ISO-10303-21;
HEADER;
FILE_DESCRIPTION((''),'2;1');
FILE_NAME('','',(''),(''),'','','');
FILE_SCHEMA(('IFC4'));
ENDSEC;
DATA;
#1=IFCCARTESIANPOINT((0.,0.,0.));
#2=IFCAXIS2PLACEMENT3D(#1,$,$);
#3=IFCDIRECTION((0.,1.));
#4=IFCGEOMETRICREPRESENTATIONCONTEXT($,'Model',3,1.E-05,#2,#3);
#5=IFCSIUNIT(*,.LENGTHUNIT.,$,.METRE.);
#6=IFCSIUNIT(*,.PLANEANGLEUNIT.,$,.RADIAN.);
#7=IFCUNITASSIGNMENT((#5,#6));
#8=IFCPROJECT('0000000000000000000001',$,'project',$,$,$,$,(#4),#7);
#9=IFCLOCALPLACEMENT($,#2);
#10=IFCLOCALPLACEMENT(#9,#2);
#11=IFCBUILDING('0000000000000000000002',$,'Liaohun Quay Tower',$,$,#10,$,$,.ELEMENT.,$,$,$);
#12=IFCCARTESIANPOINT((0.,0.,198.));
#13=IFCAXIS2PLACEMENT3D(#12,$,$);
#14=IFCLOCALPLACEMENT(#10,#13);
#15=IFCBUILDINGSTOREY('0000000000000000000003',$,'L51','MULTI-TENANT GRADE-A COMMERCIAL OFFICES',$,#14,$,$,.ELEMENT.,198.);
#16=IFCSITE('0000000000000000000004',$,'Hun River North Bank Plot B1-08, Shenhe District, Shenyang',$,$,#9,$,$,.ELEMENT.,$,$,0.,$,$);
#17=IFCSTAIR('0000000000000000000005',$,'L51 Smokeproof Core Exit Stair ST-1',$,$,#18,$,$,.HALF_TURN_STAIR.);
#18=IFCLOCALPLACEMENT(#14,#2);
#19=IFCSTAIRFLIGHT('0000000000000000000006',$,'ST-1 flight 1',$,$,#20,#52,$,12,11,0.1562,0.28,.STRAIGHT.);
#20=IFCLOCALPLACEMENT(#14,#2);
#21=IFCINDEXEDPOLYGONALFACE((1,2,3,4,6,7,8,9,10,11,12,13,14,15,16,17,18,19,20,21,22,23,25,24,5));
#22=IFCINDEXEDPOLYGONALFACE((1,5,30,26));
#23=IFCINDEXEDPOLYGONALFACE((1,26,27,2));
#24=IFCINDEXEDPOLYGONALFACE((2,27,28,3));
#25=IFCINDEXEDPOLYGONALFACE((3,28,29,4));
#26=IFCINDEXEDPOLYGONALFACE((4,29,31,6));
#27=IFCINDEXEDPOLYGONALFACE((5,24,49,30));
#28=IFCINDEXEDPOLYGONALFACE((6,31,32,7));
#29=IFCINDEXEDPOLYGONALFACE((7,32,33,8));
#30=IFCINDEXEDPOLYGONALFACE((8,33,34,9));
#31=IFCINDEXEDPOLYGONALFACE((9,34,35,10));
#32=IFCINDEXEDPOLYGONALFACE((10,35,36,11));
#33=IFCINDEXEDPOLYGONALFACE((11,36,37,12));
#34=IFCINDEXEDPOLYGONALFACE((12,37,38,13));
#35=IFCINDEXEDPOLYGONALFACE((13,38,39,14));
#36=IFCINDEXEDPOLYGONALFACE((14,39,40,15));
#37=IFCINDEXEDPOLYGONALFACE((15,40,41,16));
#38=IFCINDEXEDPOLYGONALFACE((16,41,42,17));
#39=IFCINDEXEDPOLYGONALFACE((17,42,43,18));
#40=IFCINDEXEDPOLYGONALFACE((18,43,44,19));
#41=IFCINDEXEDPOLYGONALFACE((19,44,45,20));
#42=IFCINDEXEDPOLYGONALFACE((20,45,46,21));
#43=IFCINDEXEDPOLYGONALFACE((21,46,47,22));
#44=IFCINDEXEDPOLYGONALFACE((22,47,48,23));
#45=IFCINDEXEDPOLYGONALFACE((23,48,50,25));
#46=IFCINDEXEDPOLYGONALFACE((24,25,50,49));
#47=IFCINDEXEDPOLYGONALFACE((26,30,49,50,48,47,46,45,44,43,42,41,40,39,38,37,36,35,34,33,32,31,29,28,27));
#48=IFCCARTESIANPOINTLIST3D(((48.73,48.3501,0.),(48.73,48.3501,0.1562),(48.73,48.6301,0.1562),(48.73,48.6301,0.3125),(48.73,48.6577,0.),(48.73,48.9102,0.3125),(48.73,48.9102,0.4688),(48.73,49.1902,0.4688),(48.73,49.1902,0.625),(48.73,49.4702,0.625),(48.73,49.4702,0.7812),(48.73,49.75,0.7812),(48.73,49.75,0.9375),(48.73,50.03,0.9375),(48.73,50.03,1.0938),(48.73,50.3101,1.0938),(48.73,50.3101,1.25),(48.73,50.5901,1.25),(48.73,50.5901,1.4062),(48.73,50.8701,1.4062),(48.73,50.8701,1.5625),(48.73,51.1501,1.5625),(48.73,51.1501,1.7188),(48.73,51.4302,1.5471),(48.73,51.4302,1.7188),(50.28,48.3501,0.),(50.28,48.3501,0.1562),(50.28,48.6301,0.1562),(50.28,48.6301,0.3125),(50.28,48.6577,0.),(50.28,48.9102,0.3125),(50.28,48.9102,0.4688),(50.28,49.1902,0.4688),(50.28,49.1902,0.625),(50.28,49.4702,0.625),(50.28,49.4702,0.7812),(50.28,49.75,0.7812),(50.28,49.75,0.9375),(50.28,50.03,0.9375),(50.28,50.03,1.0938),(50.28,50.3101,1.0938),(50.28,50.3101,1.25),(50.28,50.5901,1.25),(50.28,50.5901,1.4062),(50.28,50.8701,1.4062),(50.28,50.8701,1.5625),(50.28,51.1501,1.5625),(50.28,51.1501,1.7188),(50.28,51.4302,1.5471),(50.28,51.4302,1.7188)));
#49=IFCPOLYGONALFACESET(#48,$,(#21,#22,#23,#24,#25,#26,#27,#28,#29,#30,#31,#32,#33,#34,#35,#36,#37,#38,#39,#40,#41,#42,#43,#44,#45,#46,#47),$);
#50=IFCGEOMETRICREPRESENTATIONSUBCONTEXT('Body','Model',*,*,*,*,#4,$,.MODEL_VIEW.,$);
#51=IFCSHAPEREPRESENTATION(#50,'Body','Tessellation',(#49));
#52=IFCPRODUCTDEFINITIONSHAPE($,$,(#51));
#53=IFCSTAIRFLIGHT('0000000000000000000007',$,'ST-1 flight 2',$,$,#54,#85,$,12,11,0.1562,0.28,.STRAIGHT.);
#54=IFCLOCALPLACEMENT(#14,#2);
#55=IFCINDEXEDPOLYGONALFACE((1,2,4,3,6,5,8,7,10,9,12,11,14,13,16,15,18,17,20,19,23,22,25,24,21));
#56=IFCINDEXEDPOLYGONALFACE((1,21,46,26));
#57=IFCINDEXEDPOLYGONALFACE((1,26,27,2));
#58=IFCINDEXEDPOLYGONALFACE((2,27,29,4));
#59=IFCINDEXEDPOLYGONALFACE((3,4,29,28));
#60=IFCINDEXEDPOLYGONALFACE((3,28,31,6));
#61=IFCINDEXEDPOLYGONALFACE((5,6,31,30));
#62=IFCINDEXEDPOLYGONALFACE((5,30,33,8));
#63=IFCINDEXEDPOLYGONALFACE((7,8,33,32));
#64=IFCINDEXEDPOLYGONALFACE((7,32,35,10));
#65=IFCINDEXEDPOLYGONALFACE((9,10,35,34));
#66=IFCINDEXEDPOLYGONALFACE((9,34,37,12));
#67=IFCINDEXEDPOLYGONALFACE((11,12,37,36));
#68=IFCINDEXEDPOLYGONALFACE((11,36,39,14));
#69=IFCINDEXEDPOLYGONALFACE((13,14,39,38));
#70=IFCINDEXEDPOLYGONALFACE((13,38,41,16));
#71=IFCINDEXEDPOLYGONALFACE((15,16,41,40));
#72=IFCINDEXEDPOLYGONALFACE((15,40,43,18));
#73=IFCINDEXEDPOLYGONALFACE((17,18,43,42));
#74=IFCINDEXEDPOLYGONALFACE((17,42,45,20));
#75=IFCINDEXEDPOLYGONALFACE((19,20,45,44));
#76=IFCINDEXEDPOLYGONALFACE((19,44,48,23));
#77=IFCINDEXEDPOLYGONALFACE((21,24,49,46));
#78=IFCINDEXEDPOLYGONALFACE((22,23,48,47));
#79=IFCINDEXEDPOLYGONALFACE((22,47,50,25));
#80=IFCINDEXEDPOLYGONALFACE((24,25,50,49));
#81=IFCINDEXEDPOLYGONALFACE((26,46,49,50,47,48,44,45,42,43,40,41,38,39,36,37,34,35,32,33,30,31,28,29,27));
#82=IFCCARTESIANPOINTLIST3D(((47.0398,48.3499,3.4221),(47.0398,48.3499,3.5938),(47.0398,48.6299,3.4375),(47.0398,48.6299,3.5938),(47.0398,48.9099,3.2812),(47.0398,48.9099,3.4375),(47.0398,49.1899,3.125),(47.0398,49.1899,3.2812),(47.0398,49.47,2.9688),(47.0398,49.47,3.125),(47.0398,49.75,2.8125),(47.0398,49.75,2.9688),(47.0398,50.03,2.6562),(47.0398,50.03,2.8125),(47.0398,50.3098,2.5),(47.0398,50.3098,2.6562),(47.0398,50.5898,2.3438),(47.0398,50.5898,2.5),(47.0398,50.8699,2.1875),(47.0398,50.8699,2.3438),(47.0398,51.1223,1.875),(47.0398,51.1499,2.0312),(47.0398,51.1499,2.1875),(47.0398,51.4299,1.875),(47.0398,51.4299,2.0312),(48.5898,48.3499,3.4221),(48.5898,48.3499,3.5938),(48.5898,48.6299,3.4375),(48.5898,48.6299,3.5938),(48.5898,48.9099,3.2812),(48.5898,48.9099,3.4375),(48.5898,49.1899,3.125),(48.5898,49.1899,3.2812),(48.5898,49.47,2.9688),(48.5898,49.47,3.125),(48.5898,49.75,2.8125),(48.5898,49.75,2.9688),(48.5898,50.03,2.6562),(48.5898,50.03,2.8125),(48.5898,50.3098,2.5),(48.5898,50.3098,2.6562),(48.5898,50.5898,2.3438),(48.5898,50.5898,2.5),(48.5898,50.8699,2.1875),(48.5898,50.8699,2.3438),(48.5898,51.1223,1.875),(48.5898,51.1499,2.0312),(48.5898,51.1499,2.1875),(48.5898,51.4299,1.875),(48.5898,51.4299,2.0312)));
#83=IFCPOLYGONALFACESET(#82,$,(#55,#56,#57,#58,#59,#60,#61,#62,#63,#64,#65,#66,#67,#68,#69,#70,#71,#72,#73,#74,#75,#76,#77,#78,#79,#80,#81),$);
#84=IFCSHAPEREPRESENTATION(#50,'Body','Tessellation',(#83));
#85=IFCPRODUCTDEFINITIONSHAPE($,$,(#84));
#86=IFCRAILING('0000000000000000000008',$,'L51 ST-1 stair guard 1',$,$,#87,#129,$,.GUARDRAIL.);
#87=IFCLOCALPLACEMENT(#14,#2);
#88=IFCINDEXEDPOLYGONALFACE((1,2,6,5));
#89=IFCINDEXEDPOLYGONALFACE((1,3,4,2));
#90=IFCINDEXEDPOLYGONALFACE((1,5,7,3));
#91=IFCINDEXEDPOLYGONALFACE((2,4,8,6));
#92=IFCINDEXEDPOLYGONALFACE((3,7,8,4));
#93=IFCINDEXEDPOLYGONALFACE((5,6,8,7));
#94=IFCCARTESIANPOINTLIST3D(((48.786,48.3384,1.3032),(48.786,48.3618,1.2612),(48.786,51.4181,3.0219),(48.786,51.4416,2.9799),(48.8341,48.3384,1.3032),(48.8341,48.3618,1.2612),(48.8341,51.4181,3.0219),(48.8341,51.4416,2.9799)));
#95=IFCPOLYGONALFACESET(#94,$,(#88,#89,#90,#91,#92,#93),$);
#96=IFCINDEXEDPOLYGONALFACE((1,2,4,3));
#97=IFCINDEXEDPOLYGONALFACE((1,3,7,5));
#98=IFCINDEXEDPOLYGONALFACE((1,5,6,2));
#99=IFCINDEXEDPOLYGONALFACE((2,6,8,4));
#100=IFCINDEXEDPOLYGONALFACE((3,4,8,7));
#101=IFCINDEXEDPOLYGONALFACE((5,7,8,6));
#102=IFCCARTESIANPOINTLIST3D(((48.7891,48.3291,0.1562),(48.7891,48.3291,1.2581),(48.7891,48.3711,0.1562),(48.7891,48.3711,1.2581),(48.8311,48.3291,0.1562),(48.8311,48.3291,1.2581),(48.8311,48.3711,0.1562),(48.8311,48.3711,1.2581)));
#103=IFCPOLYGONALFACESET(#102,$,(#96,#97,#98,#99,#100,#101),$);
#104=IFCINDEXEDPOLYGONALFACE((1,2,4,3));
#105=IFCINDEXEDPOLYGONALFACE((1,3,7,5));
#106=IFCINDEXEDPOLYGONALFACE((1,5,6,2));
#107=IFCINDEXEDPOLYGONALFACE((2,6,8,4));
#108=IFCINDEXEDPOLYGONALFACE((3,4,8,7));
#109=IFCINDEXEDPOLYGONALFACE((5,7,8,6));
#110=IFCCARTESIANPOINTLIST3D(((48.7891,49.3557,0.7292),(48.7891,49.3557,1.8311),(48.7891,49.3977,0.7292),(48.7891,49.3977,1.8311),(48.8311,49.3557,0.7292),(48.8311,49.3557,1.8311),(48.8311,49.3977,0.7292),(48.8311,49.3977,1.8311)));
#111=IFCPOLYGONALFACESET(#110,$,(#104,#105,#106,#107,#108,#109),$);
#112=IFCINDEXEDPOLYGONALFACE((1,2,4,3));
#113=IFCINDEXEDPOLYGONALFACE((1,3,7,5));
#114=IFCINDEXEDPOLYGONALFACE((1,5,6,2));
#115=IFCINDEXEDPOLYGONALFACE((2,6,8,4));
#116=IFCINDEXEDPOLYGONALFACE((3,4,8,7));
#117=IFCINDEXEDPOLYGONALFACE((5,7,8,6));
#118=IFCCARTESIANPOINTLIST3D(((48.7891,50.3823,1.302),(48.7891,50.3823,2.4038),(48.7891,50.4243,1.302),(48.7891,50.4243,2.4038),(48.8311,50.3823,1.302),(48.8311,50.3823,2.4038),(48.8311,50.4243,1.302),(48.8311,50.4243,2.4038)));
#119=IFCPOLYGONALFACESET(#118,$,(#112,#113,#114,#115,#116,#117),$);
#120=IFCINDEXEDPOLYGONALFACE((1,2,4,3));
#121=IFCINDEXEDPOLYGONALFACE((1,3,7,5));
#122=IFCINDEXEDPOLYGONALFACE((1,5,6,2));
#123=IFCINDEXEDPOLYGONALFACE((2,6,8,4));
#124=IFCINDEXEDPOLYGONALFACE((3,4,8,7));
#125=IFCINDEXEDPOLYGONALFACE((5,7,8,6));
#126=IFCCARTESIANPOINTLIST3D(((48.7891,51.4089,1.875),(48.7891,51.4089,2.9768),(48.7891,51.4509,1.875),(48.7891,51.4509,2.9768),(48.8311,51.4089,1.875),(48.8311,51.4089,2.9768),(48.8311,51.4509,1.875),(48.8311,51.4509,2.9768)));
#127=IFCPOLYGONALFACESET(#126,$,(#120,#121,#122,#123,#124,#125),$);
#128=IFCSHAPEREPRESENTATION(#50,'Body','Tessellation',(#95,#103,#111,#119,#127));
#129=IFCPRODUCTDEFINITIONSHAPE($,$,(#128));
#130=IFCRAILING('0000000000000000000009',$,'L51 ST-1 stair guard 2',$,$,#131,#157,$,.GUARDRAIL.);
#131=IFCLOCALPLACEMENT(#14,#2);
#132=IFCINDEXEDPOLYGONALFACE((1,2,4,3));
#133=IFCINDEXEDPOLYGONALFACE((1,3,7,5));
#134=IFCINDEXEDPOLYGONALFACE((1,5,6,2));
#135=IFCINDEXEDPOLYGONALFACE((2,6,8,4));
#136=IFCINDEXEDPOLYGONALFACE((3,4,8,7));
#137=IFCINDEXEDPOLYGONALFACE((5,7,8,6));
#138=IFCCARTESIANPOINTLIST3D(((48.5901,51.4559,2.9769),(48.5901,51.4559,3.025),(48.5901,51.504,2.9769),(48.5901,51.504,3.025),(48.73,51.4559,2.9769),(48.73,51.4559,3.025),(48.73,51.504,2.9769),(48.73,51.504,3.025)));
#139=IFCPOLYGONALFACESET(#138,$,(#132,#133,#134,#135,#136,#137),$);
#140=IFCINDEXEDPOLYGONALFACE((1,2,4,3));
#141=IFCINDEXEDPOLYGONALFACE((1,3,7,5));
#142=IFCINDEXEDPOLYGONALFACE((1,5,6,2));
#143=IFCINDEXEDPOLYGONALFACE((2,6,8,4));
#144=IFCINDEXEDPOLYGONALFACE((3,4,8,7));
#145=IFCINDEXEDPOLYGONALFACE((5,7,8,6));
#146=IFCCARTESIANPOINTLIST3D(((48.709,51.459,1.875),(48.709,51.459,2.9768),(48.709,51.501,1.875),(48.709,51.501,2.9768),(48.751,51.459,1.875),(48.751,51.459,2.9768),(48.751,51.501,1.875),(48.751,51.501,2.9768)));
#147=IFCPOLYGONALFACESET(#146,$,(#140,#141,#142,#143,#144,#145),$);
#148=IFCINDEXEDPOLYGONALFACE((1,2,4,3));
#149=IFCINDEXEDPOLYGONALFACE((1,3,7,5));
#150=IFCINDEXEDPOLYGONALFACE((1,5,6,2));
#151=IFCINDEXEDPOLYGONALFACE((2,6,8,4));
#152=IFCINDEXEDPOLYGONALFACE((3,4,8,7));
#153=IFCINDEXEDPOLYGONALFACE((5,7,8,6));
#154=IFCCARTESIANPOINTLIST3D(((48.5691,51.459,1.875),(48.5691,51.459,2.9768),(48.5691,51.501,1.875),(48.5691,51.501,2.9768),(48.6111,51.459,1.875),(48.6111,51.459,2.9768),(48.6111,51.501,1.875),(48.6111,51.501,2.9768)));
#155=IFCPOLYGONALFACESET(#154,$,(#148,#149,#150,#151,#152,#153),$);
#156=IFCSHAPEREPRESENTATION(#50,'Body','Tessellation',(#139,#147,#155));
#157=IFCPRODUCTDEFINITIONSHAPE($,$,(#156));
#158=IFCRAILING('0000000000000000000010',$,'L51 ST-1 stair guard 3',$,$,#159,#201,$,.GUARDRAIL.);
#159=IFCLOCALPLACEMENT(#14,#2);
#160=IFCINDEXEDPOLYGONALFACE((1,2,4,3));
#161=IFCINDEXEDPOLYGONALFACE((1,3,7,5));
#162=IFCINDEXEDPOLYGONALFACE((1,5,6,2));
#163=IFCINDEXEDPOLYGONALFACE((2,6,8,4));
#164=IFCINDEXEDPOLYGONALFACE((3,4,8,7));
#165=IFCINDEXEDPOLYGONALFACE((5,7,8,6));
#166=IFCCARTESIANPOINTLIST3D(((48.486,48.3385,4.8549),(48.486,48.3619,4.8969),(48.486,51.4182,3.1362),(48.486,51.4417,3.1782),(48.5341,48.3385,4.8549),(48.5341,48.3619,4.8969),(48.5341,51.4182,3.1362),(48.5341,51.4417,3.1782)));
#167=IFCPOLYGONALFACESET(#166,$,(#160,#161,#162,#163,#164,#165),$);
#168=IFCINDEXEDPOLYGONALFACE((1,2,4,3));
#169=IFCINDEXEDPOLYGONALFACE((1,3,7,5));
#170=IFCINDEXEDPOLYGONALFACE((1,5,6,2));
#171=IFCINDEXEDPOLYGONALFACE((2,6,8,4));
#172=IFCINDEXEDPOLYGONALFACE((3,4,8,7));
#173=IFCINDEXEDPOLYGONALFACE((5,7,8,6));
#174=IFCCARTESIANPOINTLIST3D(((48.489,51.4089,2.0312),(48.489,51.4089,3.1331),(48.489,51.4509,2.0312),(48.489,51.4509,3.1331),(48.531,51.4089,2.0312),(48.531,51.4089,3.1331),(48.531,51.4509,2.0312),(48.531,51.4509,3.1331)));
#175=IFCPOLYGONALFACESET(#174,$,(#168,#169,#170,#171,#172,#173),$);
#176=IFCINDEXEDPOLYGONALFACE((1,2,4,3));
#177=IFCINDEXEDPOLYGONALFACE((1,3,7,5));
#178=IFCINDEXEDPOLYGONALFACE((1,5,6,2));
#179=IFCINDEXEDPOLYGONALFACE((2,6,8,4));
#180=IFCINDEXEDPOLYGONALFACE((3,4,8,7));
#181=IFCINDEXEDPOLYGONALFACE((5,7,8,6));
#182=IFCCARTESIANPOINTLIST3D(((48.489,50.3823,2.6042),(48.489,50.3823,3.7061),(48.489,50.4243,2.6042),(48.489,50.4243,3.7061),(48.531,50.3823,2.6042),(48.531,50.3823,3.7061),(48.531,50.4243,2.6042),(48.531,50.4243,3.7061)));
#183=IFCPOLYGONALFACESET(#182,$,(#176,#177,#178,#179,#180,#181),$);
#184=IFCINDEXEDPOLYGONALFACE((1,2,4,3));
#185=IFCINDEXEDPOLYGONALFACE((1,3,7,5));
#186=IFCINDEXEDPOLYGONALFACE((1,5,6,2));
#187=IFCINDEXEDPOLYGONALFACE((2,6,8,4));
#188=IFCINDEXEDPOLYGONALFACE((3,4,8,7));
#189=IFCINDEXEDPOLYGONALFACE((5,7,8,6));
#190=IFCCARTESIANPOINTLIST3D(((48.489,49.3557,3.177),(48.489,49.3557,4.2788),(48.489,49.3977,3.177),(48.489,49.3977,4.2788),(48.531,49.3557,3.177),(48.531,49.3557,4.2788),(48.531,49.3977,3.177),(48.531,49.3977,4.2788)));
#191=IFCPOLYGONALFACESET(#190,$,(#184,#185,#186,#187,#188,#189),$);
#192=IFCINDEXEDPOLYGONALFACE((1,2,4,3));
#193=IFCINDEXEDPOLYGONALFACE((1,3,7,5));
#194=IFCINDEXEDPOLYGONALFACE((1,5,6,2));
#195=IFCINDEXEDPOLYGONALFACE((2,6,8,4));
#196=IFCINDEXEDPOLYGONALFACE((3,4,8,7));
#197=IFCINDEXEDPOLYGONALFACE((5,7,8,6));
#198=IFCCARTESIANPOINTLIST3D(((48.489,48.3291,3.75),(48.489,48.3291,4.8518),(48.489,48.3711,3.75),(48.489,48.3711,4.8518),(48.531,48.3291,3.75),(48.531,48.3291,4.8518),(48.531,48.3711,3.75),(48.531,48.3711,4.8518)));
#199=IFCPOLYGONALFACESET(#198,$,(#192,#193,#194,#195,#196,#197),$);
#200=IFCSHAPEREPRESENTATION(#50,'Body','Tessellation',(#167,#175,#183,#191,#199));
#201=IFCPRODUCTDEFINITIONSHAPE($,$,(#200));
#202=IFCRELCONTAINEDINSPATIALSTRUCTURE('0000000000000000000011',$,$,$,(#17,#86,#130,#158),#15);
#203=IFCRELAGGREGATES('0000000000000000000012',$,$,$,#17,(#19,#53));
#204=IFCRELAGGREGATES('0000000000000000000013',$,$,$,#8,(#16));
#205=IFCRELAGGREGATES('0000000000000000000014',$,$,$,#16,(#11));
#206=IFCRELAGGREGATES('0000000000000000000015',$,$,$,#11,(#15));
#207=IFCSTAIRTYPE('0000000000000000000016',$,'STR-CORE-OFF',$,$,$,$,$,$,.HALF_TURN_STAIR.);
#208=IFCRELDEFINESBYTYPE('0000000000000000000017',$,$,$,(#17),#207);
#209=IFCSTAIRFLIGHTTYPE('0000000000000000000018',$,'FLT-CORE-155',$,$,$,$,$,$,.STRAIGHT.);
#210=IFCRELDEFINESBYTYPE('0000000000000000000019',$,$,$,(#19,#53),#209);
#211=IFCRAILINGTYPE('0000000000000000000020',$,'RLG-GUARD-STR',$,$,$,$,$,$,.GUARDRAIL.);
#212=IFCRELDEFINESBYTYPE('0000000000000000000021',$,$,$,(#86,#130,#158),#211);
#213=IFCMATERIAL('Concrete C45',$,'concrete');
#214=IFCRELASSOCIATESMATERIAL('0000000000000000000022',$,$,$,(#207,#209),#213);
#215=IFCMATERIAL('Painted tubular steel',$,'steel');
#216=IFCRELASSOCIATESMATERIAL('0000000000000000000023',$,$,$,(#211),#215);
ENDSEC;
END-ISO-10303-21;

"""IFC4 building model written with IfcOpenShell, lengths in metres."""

from ifc_helpers import new_model, si_unit, direction, frame, origin, origin_2d, place, context, subcontext, project, spatial, polyline, rectangle, outline, extrude, material, type_object, element, aggregate, save


model = new_model("IFC4")

# Units and contexts
model_context = context("Model", 3, precision=1e-05, world=origin(), true_north=direction((0.0, 1.0)))
body_context = subcontext(model_context, "Body", "Model", "MODEL_VIEW")
ifc_project = project(units=[si_unit("LENGTHUNIT", "METRE"), si_unit("PLANEANGLEUNIT", "RADIAN")], contexts=[model_context])

# Site, building, storey
site_placement = place(None, origin())
site = spatial("IfcSite", under=ifc_project, at=site_placement, Name="Hun River North Bank Plot B1-08, Shenhe District, Shenyang", CompositionType="ELEMENT", RefElevation=0.0)
building_placement = place(site_placement, origin())
building = spatial("IfcBuilding", under=site, at=building_placement, Name="Liaohun Quay Tower", CompositionType="ELEMENT")
storey_placement = place(building_placement, frame((0.0, 0.0, 198.0)))
storey = spatial("IfcBuildingStorey", under=building, at=storey_placement, Name="L51", Description="MULTI-TENANT GRADE-A COMMERCIAL OFFICES", CompositionType="ELEMENT", Elevation=198.0)

# Stair, stair flights
ifc_material_1 = material(Name="Concrete C45", Category="concrete")
stair_type = type_object("IfcStairType", Name="STR-CORE-OFF", PredefinedType="HALF_TURN_STAIR", material=ifc_material_1)
stair_placement = place(storey_placement, origin())
stair = element("IfcStair", 1, at=stair_placement, inside=storey, type_object=stair_type, Name="L51 Smokeproof Core Exit Stair ST-1", PredefinedType="HALF_TURN_STAIR")
stair_flight_type = type_object("IfcStairFlightType", Name="FLT-CORE-155", PredefinedType="STRAIGHT", material=ifc_material_1)
stair_flight_1_placement = place(storey_placement, frame((49.5049, 48.3501, 0.0), z_axis=(0.0, 0.0, 1.0), x_axis=(0.0, 1.0, 0.0)))
stair_flight_1 = element("IfcStairFlight", 2, at=stair_flight_1_placement, type_object=stair_flight_type, Name="ST-1 flight 1", NumberOfRisers=12, NumberOfTreads=11, PredefinedType="STRAIGHT", RiserHeight=0.1562, TreadLength=0.28, context=body_context, shape_type="SweptSolid", body=[
    extrude(outline(polyline([(0.0, 0.0), (0.0, 0.1562), (0.28, 0.1562), (0.28, 0.3125), (0.5601, 0.3125), (0.5601, 0.4688), (0.8401, 0.4688), (0.8401, 0.625), (1.1201, 0.625), (1.1201, 0.7812), (1.3999, 0.7812), (1.3999, 0.9375), (1.6799, 0.9375), (1.6799, 1.0938), (1.96, 1.0938), (1.96, 1.25), (2.24, 1.25), (2.24, 1.4062), (2.52, 1.4062), (2.52, 1.5625), (2.8, 1.5625), (2.8, 1.7188), (3.0801, 1.7188), (3.0801, 1.875), (3.0801, 1.5471), (0.3076, 0.0), (0.0, 0.0)])), frame((0.0, 0.7749, 0.0), z_axis=(0.0, -1.0, 0.0), x_axis=(1.0, 0.0, 0.0)), (0.0, 0.0, 1.0), 1.55),
])
stair_flight_2_placement = place(storey_placement, frame((47.8149, 51.4299, 1.875), z_axis=(0.0, 0.0, 1.0), x_axis=(0.0, -1.0, 0.0)))
stair_flight_2 = element("IfcStairFlight", 3, at=stair_flight_2_placement, type_object=stair_flight_type, Name="ST-1 flight 2", NumberOfRisers=12, NumberOfTreads=11, PredefinedType="STRAIGHT", RiserHeight=0.1562, TreadLength=0.28, context=body_context, shape_type="SweptSolid", body=[
    extrude(outline(polyline([(0.0, 0.0), (0.0, 0.1562), (0.28, 0.1562), (0.28, 0.3125), (0.5601, 0.3125), (0.5601, 0.4688), (0.8401, 0.4688), (0.8401, 0.625), (1.1201, 0.625), (1.1201, 0.7812), (1.3999, 0.7812), (1.3999, 0.9375), (1.6799, 0.9375), (1.6799, 1.0938), (1.96, 1.0938), (1.96, 1.25), (2.24, 1.25), (2.24, 1.4062), (2.52, 1.4062), (2.52, 1.5625), (2.8, 1.5625), (2.8, 1.7188), (3.0801, 1.7188), (3.0801, 1.875), (3.0801, 1.5471), (0.3076, 0.0), (0.0, 0.0)])), frame((0.0, 0.7749, 0.0), z_axis=(0.0, -1.0, 0.0), x_axis=(1.0, 0.0, 0.0)), (0.0, 0.0, 1.0), 1.55),
])
aggregate(stair, [stair_flight_1, stair_flight_2])

# Railings
ifc_material_2 = material(Name="Painted tubular steel", Category="steel")
railing_type_1 = type_object("IfcRailingType", Name="RLG-GUARD-STR", PredefinedType="GUARDRAIL", material=ifc_material_2)
railing_1_placement = place(storey_placement, frame((48.8101, 48.3501, 0.1562)))
element("IfcRailing", 4, at=railing_1_placement, inside=storey, type_object=railing_type_1, Name="L51 ST-1 stair guard 1", PredefinedType="GUARDRAIL", context=body_context, shape_type="SweptSolid", body=[
    extrude(rectangle(XDim=0.0481, YDim=0.0481, at=origin_2d()), frame((0.0, 0.0, 1.126), z_axis=(0.0, 0.873225, 0.487317), x_axis=(-1.0, 0.0, 0.0)), (0.0, 0.0, 1.0), 3.5269),
    extrude(rectangle(XDim=0.042, YDim=0.042, at=origin_2d()), origin(), (0.0, 0.0, 1.0), 1.1018),
    extrude(rectangle(XDim=0.042, YDim=0.042, at=origin_2d()), frame((0.0, 1.0266, 0.573)), (0.0, 0.0, 1.0), 1.1018),
    extrude(rectangle(XDim=0.042, YDim=0.042, at=origin_2d()), frame((0.0, 2.0532, 1.1458)), (0.0, 0.0, 1.0), 1.1018),
    extrude(rectangle(XDim=0.042, YDim=0.042, at=origin_2d()), frame((0.0, 3.0798, 1.7188)), (0.0, 0.0, 1.0), 1.1018),
])
railing_2_placement = place(storey_placement, frame((48.73, 51.48, 1.875)))
element("IfcRailing", 5, at=railing_2_placement, inside=storey, type_object=railing_type_1, Name="L51 ST-1 stair guard 2", PredefinedType="GUARDRAIL", context=body_context, shape_type="SweptSolid", body=[
    extrude(rectangle(XDim=0.0481, YDim=0.0481, at=origin_2d()), frame((0.0, 0.0, 1.126), z_axis=(-1.0, 0.0, 0.0), x_axis=(0.0, -1.0, 0.0)), (0.0, 0.0, 1.0), 0.1399),
    extrude(rectangle(XDim=0.042, YDim=0.042, at=origin_2d()), origin(), (0.0, 0.0, 1.0), 1.1018),
    extrude(rectangle(XDim=0.042, YDim=0.042, at=origin_2d()), frame((-0.1399, 0.0, 0.0)), (0.0, 0.0, 1.0), 1.1018),
])
railing_3_placement = place(storey_placement, frame((48.51, 51.4299, 2.0312)))
element("IfcRailing", 6, at=railing_3_placement, inside=storey, type_object=railing_type_1, Name="L51 ST-1 stair guard 3", PredefinedType="GUARDRAIL", context=body_context, shape_type="SweptSolid", body=[
    extrude(rectangle(XDim=0.0481, YDim=0.0481, at=origin_2d()), frame((0.0, 0.0, 1.126), z_axis=(0.0, -0.873225, 0.487317), x_axis=(1.0, 0.0, 0.0)), (0.0, 0.0, 1.0), 3.5269),
    extrude(rectangle(XDim=0.042, YDim=0.042, at=origin_2d()), origin(), (0.0, 0.0, 1.0), 1.1018),
    extrude(rectangle(XDim=0.042, YDim=0.042, at=origin_2d()), frame((0.0, -1.0266, 0.573)), (0.0, 0.0, 1.0), 1.1018),
    extrude(rectangle(XDim=0.042, YDim=0.042, at=origin_2d()), frame((0.0, -2.0532, 1.1458)), (0.0, 0.0, 1.0), 1.1018),
    extrude(rectangle(XDim=0.042, YDim=0.042, at=origin_2d()), frame((0.0, -3.0798, 1.7188)), (0.0, 0.0, 1.0), 1.1018),
])

save(model, "model.ifc")
